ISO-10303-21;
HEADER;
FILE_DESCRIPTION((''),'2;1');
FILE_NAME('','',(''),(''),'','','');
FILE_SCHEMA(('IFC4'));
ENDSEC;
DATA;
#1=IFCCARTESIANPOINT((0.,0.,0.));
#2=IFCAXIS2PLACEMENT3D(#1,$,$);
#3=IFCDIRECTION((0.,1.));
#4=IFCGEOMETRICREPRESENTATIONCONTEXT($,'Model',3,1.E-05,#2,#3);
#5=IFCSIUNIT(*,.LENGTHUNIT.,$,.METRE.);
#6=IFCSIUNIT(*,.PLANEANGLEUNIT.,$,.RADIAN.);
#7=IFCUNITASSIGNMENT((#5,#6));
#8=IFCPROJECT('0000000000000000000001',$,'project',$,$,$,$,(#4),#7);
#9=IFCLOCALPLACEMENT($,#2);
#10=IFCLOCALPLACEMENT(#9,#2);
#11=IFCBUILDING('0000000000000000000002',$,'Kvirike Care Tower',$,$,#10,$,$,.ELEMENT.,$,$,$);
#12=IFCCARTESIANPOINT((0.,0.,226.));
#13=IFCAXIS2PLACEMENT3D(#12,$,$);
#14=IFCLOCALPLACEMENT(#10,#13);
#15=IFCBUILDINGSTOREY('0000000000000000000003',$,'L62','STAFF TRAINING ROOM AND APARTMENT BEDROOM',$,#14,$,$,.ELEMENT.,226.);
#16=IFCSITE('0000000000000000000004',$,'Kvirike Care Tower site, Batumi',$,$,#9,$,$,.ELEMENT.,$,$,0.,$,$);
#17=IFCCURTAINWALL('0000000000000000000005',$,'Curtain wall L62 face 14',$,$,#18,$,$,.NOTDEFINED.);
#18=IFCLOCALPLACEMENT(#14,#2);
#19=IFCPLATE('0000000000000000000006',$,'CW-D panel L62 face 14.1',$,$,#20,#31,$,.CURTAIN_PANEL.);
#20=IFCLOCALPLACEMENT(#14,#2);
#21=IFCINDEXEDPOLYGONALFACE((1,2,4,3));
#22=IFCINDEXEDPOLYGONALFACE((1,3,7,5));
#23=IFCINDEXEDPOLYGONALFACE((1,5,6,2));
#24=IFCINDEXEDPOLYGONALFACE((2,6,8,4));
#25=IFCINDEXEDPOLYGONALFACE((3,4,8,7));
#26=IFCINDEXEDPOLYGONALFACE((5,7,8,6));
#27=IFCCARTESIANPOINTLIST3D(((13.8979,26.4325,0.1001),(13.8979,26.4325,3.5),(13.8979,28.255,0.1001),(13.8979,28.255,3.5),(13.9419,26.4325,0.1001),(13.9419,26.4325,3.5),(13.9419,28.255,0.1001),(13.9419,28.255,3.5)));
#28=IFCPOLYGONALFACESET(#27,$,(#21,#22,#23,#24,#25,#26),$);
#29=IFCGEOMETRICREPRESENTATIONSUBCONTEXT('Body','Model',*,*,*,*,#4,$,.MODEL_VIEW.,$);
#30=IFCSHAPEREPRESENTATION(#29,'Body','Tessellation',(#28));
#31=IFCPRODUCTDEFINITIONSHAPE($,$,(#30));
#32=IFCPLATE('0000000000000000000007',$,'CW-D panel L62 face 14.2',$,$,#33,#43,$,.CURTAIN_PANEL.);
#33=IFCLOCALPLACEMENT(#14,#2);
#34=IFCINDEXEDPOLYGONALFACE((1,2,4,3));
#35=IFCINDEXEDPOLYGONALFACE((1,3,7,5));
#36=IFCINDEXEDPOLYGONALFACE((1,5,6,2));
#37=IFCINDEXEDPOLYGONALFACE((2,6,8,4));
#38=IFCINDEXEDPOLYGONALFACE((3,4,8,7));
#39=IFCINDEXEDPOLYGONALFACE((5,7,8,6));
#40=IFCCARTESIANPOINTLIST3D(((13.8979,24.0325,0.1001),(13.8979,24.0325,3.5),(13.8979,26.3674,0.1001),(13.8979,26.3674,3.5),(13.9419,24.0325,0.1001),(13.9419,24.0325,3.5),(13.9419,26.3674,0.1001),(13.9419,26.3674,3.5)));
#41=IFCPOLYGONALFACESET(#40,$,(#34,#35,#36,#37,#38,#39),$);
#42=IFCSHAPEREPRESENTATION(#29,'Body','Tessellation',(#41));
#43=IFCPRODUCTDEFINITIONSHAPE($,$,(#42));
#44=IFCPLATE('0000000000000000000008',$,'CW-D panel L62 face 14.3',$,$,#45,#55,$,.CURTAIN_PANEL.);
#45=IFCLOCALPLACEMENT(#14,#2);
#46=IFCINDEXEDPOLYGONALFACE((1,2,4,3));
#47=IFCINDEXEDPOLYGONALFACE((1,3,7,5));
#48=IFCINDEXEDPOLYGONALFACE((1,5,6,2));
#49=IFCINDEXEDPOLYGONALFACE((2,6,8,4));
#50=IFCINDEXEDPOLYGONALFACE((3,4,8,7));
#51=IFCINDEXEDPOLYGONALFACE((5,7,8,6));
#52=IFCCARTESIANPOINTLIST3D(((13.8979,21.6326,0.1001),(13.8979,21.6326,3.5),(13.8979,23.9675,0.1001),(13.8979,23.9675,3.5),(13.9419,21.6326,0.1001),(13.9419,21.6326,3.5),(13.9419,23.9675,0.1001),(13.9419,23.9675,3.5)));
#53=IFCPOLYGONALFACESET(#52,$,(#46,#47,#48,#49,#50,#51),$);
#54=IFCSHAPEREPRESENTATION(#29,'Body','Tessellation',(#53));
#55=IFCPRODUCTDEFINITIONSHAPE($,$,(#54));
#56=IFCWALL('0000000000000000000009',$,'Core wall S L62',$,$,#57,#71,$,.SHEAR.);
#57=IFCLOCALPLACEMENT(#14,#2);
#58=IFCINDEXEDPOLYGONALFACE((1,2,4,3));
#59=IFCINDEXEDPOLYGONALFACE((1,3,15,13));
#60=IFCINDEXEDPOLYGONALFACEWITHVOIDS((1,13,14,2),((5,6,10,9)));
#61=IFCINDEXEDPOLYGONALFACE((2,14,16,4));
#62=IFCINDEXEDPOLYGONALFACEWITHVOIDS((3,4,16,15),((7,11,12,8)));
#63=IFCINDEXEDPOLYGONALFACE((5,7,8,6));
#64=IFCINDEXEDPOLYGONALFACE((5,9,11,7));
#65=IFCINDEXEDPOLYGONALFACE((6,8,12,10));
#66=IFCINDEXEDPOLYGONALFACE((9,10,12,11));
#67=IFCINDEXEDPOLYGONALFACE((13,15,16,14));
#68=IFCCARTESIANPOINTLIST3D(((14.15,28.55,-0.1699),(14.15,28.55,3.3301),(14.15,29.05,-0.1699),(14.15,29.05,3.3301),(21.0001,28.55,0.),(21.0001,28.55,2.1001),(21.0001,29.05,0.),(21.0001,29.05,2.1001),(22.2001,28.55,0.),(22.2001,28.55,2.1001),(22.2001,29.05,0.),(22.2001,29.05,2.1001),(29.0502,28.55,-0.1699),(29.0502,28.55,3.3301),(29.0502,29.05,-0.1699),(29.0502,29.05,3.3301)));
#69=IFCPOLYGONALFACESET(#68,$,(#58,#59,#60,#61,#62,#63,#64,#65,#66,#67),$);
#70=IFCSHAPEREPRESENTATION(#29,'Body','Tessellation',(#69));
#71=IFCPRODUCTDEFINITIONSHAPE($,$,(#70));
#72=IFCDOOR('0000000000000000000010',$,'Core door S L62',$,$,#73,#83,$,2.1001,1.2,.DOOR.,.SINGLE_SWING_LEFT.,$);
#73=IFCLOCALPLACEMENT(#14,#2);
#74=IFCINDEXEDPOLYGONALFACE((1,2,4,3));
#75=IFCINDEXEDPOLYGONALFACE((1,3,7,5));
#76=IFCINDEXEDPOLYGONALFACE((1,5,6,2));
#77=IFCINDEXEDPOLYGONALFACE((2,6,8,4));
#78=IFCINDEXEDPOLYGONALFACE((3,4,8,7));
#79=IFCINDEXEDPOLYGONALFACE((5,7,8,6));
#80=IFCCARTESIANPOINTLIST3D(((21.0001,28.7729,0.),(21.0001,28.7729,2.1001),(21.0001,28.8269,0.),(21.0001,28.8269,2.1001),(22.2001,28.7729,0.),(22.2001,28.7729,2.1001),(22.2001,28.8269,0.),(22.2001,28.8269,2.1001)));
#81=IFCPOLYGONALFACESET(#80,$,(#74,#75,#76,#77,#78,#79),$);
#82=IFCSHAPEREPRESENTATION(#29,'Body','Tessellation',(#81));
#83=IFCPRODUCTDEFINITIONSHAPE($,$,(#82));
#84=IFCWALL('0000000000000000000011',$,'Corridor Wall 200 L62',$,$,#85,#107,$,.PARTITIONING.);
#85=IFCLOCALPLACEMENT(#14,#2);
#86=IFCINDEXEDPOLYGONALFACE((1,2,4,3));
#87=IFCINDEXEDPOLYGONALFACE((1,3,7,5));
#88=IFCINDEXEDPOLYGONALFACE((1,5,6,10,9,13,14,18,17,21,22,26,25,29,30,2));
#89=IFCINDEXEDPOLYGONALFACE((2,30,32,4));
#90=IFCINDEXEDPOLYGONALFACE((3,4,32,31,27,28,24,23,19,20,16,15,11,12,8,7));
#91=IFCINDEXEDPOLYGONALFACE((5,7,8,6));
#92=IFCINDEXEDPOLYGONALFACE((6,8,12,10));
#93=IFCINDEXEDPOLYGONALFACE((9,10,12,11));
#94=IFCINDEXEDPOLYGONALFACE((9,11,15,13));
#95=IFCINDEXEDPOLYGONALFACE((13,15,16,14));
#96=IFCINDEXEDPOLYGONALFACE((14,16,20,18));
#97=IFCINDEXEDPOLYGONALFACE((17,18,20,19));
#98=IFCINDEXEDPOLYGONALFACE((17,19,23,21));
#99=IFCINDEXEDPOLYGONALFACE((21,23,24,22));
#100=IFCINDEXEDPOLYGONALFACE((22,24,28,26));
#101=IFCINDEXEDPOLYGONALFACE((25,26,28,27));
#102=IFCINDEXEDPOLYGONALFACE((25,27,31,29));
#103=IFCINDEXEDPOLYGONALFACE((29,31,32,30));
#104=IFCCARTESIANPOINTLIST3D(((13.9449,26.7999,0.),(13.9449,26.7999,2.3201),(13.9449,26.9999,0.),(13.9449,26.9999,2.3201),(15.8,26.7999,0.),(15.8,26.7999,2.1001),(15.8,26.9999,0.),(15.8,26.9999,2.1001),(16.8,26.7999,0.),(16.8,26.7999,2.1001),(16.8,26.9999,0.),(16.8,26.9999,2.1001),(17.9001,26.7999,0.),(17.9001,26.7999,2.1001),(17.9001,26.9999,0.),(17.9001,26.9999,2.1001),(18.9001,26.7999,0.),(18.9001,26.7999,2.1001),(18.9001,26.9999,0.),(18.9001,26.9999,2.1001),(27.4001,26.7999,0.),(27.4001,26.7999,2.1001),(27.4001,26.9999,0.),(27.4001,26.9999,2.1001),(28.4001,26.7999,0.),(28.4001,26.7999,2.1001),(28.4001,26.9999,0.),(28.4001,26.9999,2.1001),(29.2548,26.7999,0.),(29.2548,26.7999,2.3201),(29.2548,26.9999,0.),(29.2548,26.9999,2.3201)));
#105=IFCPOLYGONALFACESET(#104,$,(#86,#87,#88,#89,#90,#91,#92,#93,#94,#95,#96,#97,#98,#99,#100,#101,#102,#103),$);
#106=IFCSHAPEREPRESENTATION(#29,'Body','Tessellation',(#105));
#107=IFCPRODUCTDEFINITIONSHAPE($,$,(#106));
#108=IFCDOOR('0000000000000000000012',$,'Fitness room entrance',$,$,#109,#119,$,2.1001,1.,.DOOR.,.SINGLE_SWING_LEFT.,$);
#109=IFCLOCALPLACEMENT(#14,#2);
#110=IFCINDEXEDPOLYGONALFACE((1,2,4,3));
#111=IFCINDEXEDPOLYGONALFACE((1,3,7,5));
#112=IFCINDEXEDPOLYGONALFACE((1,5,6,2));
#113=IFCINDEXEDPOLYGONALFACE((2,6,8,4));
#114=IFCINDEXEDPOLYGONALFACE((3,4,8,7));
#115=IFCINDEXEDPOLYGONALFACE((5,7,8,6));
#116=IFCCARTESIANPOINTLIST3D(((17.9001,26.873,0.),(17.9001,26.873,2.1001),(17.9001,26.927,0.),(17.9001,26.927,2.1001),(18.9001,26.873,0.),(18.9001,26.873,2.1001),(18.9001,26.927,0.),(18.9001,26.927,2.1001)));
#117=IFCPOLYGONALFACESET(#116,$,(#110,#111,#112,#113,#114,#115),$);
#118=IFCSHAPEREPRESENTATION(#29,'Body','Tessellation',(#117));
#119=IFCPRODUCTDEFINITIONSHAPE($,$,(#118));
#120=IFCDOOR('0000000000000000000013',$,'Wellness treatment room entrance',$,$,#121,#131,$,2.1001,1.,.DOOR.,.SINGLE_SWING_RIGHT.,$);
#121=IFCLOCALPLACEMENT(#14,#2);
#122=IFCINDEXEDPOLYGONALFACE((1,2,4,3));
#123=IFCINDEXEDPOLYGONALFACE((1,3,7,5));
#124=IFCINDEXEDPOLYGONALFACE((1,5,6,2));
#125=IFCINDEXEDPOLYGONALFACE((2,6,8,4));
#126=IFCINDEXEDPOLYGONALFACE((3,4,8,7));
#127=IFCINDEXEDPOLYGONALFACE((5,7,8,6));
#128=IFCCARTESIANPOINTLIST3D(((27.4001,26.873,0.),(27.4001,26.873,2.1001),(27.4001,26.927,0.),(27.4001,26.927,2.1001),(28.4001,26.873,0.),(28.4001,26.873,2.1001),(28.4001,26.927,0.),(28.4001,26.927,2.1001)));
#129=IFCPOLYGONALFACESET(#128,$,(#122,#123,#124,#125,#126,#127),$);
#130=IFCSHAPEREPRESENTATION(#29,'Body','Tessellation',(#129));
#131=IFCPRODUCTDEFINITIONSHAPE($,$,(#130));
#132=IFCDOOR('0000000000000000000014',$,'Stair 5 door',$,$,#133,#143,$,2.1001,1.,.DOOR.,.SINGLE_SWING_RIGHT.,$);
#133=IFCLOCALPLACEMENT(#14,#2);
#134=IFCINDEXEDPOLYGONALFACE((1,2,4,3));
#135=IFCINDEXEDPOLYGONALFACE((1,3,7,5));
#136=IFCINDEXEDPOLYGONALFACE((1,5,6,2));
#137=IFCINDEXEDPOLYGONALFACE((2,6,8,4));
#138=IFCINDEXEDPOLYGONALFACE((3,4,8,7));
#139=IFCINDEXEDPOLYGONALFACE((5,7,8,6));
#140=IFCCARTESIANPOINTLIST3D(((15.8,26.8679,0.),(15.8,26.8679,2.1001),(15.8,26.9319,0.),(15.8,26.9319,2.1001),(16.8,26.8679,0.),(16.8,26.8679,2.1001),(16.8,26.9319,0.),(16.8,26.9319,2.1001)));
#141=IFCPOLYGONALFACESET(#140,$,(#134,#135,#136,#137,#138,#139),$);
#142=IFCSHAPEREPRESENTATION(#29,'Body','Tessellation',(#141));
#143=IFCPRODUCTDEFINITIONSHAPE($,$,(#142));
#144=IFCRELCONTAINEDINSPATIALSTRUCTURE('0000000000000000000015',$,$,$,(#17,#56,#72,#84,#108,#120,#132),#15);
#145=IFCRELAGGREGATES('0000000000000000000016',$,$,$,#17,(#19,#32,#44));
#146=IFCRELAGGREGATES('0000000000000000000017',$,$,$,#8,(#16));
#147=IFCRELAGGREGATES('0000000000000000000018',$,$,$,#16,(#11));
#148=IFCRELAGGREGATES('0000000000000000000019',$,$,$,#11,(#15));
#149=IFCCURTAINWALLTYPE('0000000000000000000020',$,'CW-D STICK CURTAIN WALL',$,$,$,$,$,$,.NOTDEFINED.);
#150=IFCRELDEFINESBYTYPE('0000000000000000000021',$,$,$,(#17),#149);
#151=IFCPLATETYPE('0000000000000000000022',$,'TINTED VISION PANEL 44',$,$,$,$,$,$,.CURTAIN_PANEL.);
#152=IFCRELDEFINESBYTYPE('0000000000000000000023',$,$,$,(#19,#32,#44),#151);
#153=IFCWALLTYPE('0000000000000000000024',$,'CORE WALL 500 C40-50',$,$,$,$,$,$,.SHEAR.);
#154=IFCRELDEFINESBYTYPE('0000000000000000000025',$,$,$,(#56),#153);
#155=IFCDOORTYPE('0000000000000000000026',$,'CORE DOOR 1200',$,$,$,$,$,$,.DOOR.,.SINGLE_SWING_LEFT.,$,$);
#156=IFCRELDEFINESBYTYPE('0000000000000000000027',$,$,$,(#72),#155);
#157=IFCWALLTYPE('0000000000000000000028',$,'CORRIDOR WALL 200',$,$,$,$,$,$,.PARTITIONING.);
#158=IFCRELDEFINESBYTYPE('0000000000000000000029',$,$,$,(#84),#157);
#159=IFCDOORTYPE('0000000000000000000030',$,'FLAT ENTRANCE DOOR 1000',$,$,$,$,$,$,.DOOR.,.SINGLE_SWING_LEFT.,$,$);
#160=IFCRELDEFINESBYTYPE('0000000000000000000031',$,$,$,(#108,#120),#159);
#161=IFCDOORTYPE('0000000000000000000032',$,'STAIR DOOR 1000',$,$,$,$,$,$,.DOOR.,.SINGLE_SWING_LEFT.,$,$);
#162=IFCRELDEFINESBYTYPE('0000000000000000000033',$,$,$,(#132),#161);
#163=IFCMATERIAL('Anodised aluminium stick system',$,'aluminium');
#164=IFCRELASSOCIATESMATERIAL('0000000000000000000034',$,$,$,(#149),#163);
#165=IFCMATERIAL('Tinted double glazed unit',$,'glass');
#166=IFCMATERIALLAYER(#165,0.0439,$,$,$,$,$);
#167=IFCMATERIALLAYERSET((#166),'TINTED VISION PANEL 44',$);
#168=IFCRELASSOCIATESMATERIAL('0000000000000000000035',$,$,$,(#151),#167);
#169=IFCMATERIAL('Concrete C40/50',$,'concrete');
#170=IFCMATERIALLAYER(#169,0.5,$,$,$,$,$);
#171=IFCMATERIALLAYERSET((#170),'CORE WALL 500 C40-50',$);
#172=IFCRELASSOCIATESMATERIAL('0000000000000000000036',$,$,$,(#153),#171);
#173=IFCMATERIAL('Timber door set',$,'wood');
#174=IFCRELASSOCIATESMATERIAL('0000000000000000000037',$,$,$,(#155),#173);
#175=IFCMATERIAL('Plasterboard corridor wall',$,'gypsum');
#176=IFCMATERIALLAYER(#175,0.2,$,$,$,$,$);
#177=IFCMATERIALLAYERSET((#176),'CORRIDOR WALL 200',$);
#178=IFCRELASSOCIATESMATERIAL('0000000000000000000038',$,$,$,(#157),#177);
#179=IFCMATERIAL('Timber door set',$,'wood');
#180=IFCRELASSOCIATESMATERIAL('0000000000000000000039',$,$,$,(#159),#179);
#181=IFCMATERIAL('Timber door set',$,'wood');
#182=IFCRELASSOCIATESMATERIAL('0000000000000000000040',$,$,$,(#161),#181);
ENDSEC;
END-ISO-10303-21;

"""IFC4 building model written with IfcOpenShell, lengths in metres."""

from ifc_helpers import new_model, si_unit, direction, frame, frame_2d, origin, origin_2d, place, context, subcontext, project, spatial, rectangle, extrude, material, layer, layer_set, type_object, element, fill, aggregate, save


model = new_model("IFC4")

# Units and contexts
model_context = context("Model", 3, precision=1e-05, world=origin(), true_north=direction((0.0, 1.0)))
body_context = subcontext(model_context, "Body", "Model", "MODEL_VIEW")
ifc_project = project(units=[si_unit("LENGTHUNIT", "METRE"), si_unit("PLANEANGLEUNIT", "RADIAN")], contexts=[model_context])

# Site, building, storey
site_placement = place(None, origin())
site = spatial("IfcSite", under=ifc_project, at=site_placement, Name="Kvirike Care Tower site, Batumi", CompositionType="ELEMENT", RefElevation=0.0)
building_placement = place(site_placement, origin())
building = spatial("IfcBuilding", under=site, at=building_placement, Name="Kvirike Care Tower", CompositionType="ELEMENT")
storey_placement = place(building_placement, frame((0.0, 0.0, 226.0)))
storey = spatial("IfcBuildingStorey", under=building, at=storey_placement, Name="L62", Description="STAFF TRAINING ROOM AND APARTMENT BEDROOM", CompositionType="ELEMENT", Elevation=226.0)

# Shared definitions
ifc_material_1 = material(Name="Anodised aluminium stick system", Category="aluminium")
curtain_wall_type = type_object("IfcCurtainWallType", Name="CW-D STICK CURTAIN WALL", PredefinedType="NOTDEFINED", material=ifc_material_1)

# Curtain wall
curtain_wall_1_placement = place(storey_placement, origin())
curtain_wall_1 = element("IfcCurtainWall", 1, at=curtain_wall_1_placement, inside=storey, type_object=curtain_wall_type, Name="Curtain wall L62 face 14", PredefinedType="NOTDEFINED")

# Plates
ifc_material_2 = material(Name="Tinted double glazed unit", Category="glass")
ifc_layer_1 = layer(ifc_material_2, 0.0439)
ifc_layer_set_1 = layer_set([ifc_layer_1], Name="TINTED VISION PANEL 44")
plate_type = type_object("IfcPlateType", Name="TINTED VISION PANEL 44", PredefinedType="CURTAIN_PANEL", material=ifc_layer_set_1)
plate_1_placement = place(storey_placement, frame((13.9199, 27.3438, 0.1001), z_axis=(0.0, 0.0, 1.0), x_axis=(0.0, -1.0, 0.0)))
plate_1 = element("IfcPlate", 2, at=plate_1_placement, type_object=plate_type, Name="CW-D panel L62 face 14.1", PredefinedType="CURTAIN_PANEL", context=body_context, shape_type="SweptSolid", body=[
    extrude(rectangle(XDim=1.8225, YDim=0.0439, at=origin_2d()), origin(), (0.0, 0.0, 1.0), 3.3999),
])
plate_2_placement = place(storey_placement, frame((13.9199, 25.2, 0.1001), z_axis=(0.0, 0.0, 1.0), x_axis=(0.0, -1.0, 0.0)))
plate_2 = element("IfcPlate", 3, at=plate_2_placement, type_object=plate_type, Name="CW-D panel L62 face 14.2", PredefinedType="CURTAIN_PANEL", context=body_context, shape_type="SweptSolid", body=[
    extrude(rectangle(XDim=2.335, YDim=0.0439, at=origin_2d()), origin(), (0.0, 0.0, 1.0), 3.3999),
])
plate_3_placement = place(storey_placement, frame((13.9199, 22.8, 0.1001), z_axis=(0.0, 0.0, 1.0), x_axis=(0.0, -1.0, 0.0)))
plate_3 = element("IfcPlate", 4, at=plate_3_placement, type_object=plate_type, Name="CW-D panel L62 face 14.3", PredefinedType="CURTAIN_PANEL", context=body_context, shape_type="SweptSolid", body=[
    extrude(rectangle(XDim=2.335, YDim=0.0439, at=origin_2d()), origin(), (0.0, 0.0, 1.0), 3.3999),
])
aggregate(curtain_wall_1, [plate_1, plate_2, plate_3])

# Wall, opening, door
ifc_material_3 = material(Name="Concrete C40/50", Category="concrete")
ifc_layer_2 = layer(ifc_material_3, 0.5)
ifc_layer_set_2 = layer_set([ifc_layer_2], Name="CORE WALL 500 C40-50")
wall_type_1 = type_object("IfcWallType", Name="CORE WALL 500 C40-50", PredefinedType="SHEAR", material=ifc_layer_set_2)
wall_1_placement = place(storey_placement, frame((14.1499, 28.8, -0.1699), z_axis=(0.0, 0.0, 1.0), x_axis=(1.0, 0.0, 0.0)))
wall_1 = element("IfcWall", 5, at=wall_1_placement, inside=storey, type_object=wall_type_1, Name="Core wall S L62", PredefinedType="SHEAR", context=body_context, shape_type="SweptSolid", body=[
    extrude(rectangle(XDim=14.9001, YDim=0.5, at=frame_2d((7.4502, 0.0))), origin(), (0.0, 0.0, 1.0), 3.5),
])
opening_1_placement = place(wall_1_placement, frame((6.8501, 0.0, 0.1699)))
opening_1 = element("IfcOpeningElement", 6, at=opening_1_placement, cuts=wall_1, PredefinedType="OPENING", context=body_context, shape_type="SweptSolid", body=[
    extrude(rectangle(XDim=1.2, YDim=2.1001, at=frame_2d((0.6001, 1.05))), frame((0.0, 0.2605, 0.0), z_axis=(0.0, -1.0, 0.0), x_axis=(1.0, 0.0, 0.0)), (0.0, 0.0, 1.0), 0.521),
])
ifc_material_4 = material(Name="Timber door set", Category="wood")
door_type_1 = type_object("IfcDoorType", Name="CORE DOOR 1200", OperationType="SINGLE_SWING_LEFT", PredefinedType="DOOR", material=ifc_material_4)
door_1_placement = place(opening_1_placement, origin())
door_1 = element("IfcDoor", 7, at=door_1_placement, inside=storey, type_object=door_type_1, Name="Core door S L62", OperationType="SINGLE_SWING_LEFT", OverallHeight=2.1001, OverallWidth=1.2, PredefinedType="DOOR", context=body_context, shape_type="SweptSolid", body=[
    extrude(rectangle(XDim=1.2, YDim=2.1001, at=frame_2d((0.6001, 1.05))), frame((0.0, 0.0269, 0.0), z_axis=(0.0, -1.0, 0.0), x_axis=(1.0, 0.0, 0.0)), (0.0, 0.0, 1.0), 0.054),
])
fill(opening_1, door_1)

# Wall, openings, doors
ifc_material_5 = material(Name="Plasterboard corridor wall", Category="gypsum")
ifc_layer_3 = layer(ifc_material_5, 0.2)
ifc_layer_set_3 = layer_set([ifc_layer_3], Name="CORRIDOR WALL 200")
wall_type_2 = type_object("IfcWallType", Name="CORRIDOR WALL 200", PredefinedType="PARTITIONING", material=ifc_layer_set_3)
wall_2_placement = place(storey_placement, frame((13.9451, 26.8999, 0.0), z_axis=(0.0, 0.0, 1.0), x_axis=(1.0, 0.0, 0.0)))
wall_2 = element("IfcWall", 8, at=wall_2_placement, inside=storey, type_object=wall_type_2, Name="Corridor Wall 200 L62", PredefinedType="PARTITIONING", context=body_context, shape_type="SweptSolid", body=[
    extrude(rectangle(XDim=15.3098, YDim=0.2, at=frame_2d((7.6548, 0.0))), origin(), (0.0, 0.0, 1.0), 2.3201),
])
opening_2_placement = place(wall_2_placement, frame((1.855, 0.0, 0.0)))
opening_2 = element("IfcOpeningElement", 9, at=opening_2_placement, cuts=wall_2, PredefinedType="OPENING", context=body_context, shape_type="SweptSolid", body=[
    extrude(rectangle(XDim=1.0, YDim=2.1001, at=frame_2d((0.5, 1.05))), frame((0.0, 0.1106, 0.0), z_axis=(0.0, -1.0, 0.0), x_axis=(1.0, 0.0, 0.0)), (0.0, 0.0, 1.0), 0.2209),
])
opening_3_placement = place(wall_2_placement, frame((3.9551, 0.0, 0.0)))
opening_3 = element("IfcOpeningElement", 10, at=opening_3_placement, cuts=wall_2, PredefinedType="OPENING", context=body_context, shape_type="SweptSolid", body=[
    extrude(rectangle(XDim=1.0, YDim=2.1001, at=frame_2d((0.5, 1.05))), frame((0.0, 0.1106, 0.0), z_axis=(0.0, -1.0, 0.0), x_axis=(1.0, 0.0, 0.0)), (0.0, 0.0, 1.0), 0.2209),
])
opening_4_placement = place(wall_2_placement, frame((13.4551, 0.0, 0.0)))
opening_4 = element("IfcOpeningElement", 11, at=opening_4_placement, cuts=wall_2, PredefinedType="OPENING", context=body_context, shape_type="SweptSolid", body=[
    extrude(rectangle(XDim=1.0, YDim=2.1001, at=frame_2d((0.5, 1.05))), frame((0.0, 0.1106, 0.0), z_axis=(0.0, -1.0, 0.0), x_axis=(1.0, 0.0, 0.0)), (0.0, 0.0, 1.0), 0.2209),
])
ifc_material_6 = material(Name="Timber door set", Category="wood")
door_type_2 = type_object("IfcDoorType", Name="FLAT ENTRANCE DOOR 1000", OperationType="SINGLE_SWING_LEFT", PredefinedType="DOOR", material=ifc_material_6)
door_2_placement = place(opening_3_placement, frame((1.0, 0.0, 0.0), z_axis=(0.0, 0.0, 1.0), x_axis=(-1.0, 0.0, 0.0)))
door_2 = element("IfcDoor", 12, at=door_2_placement, inside=storey, type_object=door_type_2, Name="Fitness room entrance", OperationType="SINGLE_SWING_LEFT", OverallHeight=2.1001, OverallWidth=1.0, PredefinedType="DOOR", context=body_context, shape_type="SweptSolid", body=[
    extrude(rectangle(XDim=1.0, YDim=2.1001, at=frame_2d((0.5, 1.05))), frame((0.0, 0.0269, 0.0), z_axis=(0.0, -1.0, 0.0), x_axis=(1.0, 0.0, 0.0)), (0.0, 0.0, 1.0), 0.054),
])
fill(opening_3, door_2)
door_3_placement = place(opening_4_placement, frame((1.0, 0.0, 0.0), z_axis=(0.0, 0.0, 1.0), x_axis=(-1.0, 0.0, 0.0)))
door_3 = element("IfcDoor", 13, at=door_3_placement, inside=storey, type_object=door_type_2, Name="Wellness treatment room entrance", OperationType="SINGLE_SWING_RIGHT", OverallHeight=2.1001, OverallWidth=1.0, PredefinedType="DOOR", context=body_context, shape_type="SweptSolid", body=[
    extrude(rectangle(XDim=1.0, YDim=2.1001, at=frame_2d((0.5, 1.05))), frame((0.0, 0.0269, 0.0), z_axis=(0.0, -1.0, 0.0), x_axis=(1.0, 0.0, 0.0)), (0.0, 0.0, 1.0), 0.054),
])
fill(opening_4, door_3)
ifc_material_7 = material(Name="Timber door set", Category="wood")
door_type_3 = type_object("IfcDoorType", Name="STAIR DOOR 1000", OperationType="SINGLE_SWING_LEFT", PredefinedType="DOOR", material=ifc_material_7)
door_4_placement = place(opening_2_placement, frame((1.0, 0.0, 0.0), z_axis=(0.0, 0.0, 1.0), x_axis=(-1.0, 0.0, 0.0)))
door_4 = element("IfcDoor", 14, at=door_4_placement, inside=storey, type_object=door_type_3, Name="Stair 5 door", OperationType="SINGLE_SWING_RIGHT", OverallHeight=2.1001, OverallWidth=1.0, PredefinedType="DOOR", context=body_context, shape_type="SweptSolid", body=[
    extrude(rectangle(XDim=1.0, YDim=2.1001, at=frame_2d((0.5, 1.05))), frame((0.0, 0.032, 0.0), z_axis=(0.0, -1.0, 0.0), x_axis=(1.0, 0.0, 0.0)), (0.0, 0.0, 1.0), 0.064),
])
fill(opening_2, door_4)

save(model, "model.ifc")
